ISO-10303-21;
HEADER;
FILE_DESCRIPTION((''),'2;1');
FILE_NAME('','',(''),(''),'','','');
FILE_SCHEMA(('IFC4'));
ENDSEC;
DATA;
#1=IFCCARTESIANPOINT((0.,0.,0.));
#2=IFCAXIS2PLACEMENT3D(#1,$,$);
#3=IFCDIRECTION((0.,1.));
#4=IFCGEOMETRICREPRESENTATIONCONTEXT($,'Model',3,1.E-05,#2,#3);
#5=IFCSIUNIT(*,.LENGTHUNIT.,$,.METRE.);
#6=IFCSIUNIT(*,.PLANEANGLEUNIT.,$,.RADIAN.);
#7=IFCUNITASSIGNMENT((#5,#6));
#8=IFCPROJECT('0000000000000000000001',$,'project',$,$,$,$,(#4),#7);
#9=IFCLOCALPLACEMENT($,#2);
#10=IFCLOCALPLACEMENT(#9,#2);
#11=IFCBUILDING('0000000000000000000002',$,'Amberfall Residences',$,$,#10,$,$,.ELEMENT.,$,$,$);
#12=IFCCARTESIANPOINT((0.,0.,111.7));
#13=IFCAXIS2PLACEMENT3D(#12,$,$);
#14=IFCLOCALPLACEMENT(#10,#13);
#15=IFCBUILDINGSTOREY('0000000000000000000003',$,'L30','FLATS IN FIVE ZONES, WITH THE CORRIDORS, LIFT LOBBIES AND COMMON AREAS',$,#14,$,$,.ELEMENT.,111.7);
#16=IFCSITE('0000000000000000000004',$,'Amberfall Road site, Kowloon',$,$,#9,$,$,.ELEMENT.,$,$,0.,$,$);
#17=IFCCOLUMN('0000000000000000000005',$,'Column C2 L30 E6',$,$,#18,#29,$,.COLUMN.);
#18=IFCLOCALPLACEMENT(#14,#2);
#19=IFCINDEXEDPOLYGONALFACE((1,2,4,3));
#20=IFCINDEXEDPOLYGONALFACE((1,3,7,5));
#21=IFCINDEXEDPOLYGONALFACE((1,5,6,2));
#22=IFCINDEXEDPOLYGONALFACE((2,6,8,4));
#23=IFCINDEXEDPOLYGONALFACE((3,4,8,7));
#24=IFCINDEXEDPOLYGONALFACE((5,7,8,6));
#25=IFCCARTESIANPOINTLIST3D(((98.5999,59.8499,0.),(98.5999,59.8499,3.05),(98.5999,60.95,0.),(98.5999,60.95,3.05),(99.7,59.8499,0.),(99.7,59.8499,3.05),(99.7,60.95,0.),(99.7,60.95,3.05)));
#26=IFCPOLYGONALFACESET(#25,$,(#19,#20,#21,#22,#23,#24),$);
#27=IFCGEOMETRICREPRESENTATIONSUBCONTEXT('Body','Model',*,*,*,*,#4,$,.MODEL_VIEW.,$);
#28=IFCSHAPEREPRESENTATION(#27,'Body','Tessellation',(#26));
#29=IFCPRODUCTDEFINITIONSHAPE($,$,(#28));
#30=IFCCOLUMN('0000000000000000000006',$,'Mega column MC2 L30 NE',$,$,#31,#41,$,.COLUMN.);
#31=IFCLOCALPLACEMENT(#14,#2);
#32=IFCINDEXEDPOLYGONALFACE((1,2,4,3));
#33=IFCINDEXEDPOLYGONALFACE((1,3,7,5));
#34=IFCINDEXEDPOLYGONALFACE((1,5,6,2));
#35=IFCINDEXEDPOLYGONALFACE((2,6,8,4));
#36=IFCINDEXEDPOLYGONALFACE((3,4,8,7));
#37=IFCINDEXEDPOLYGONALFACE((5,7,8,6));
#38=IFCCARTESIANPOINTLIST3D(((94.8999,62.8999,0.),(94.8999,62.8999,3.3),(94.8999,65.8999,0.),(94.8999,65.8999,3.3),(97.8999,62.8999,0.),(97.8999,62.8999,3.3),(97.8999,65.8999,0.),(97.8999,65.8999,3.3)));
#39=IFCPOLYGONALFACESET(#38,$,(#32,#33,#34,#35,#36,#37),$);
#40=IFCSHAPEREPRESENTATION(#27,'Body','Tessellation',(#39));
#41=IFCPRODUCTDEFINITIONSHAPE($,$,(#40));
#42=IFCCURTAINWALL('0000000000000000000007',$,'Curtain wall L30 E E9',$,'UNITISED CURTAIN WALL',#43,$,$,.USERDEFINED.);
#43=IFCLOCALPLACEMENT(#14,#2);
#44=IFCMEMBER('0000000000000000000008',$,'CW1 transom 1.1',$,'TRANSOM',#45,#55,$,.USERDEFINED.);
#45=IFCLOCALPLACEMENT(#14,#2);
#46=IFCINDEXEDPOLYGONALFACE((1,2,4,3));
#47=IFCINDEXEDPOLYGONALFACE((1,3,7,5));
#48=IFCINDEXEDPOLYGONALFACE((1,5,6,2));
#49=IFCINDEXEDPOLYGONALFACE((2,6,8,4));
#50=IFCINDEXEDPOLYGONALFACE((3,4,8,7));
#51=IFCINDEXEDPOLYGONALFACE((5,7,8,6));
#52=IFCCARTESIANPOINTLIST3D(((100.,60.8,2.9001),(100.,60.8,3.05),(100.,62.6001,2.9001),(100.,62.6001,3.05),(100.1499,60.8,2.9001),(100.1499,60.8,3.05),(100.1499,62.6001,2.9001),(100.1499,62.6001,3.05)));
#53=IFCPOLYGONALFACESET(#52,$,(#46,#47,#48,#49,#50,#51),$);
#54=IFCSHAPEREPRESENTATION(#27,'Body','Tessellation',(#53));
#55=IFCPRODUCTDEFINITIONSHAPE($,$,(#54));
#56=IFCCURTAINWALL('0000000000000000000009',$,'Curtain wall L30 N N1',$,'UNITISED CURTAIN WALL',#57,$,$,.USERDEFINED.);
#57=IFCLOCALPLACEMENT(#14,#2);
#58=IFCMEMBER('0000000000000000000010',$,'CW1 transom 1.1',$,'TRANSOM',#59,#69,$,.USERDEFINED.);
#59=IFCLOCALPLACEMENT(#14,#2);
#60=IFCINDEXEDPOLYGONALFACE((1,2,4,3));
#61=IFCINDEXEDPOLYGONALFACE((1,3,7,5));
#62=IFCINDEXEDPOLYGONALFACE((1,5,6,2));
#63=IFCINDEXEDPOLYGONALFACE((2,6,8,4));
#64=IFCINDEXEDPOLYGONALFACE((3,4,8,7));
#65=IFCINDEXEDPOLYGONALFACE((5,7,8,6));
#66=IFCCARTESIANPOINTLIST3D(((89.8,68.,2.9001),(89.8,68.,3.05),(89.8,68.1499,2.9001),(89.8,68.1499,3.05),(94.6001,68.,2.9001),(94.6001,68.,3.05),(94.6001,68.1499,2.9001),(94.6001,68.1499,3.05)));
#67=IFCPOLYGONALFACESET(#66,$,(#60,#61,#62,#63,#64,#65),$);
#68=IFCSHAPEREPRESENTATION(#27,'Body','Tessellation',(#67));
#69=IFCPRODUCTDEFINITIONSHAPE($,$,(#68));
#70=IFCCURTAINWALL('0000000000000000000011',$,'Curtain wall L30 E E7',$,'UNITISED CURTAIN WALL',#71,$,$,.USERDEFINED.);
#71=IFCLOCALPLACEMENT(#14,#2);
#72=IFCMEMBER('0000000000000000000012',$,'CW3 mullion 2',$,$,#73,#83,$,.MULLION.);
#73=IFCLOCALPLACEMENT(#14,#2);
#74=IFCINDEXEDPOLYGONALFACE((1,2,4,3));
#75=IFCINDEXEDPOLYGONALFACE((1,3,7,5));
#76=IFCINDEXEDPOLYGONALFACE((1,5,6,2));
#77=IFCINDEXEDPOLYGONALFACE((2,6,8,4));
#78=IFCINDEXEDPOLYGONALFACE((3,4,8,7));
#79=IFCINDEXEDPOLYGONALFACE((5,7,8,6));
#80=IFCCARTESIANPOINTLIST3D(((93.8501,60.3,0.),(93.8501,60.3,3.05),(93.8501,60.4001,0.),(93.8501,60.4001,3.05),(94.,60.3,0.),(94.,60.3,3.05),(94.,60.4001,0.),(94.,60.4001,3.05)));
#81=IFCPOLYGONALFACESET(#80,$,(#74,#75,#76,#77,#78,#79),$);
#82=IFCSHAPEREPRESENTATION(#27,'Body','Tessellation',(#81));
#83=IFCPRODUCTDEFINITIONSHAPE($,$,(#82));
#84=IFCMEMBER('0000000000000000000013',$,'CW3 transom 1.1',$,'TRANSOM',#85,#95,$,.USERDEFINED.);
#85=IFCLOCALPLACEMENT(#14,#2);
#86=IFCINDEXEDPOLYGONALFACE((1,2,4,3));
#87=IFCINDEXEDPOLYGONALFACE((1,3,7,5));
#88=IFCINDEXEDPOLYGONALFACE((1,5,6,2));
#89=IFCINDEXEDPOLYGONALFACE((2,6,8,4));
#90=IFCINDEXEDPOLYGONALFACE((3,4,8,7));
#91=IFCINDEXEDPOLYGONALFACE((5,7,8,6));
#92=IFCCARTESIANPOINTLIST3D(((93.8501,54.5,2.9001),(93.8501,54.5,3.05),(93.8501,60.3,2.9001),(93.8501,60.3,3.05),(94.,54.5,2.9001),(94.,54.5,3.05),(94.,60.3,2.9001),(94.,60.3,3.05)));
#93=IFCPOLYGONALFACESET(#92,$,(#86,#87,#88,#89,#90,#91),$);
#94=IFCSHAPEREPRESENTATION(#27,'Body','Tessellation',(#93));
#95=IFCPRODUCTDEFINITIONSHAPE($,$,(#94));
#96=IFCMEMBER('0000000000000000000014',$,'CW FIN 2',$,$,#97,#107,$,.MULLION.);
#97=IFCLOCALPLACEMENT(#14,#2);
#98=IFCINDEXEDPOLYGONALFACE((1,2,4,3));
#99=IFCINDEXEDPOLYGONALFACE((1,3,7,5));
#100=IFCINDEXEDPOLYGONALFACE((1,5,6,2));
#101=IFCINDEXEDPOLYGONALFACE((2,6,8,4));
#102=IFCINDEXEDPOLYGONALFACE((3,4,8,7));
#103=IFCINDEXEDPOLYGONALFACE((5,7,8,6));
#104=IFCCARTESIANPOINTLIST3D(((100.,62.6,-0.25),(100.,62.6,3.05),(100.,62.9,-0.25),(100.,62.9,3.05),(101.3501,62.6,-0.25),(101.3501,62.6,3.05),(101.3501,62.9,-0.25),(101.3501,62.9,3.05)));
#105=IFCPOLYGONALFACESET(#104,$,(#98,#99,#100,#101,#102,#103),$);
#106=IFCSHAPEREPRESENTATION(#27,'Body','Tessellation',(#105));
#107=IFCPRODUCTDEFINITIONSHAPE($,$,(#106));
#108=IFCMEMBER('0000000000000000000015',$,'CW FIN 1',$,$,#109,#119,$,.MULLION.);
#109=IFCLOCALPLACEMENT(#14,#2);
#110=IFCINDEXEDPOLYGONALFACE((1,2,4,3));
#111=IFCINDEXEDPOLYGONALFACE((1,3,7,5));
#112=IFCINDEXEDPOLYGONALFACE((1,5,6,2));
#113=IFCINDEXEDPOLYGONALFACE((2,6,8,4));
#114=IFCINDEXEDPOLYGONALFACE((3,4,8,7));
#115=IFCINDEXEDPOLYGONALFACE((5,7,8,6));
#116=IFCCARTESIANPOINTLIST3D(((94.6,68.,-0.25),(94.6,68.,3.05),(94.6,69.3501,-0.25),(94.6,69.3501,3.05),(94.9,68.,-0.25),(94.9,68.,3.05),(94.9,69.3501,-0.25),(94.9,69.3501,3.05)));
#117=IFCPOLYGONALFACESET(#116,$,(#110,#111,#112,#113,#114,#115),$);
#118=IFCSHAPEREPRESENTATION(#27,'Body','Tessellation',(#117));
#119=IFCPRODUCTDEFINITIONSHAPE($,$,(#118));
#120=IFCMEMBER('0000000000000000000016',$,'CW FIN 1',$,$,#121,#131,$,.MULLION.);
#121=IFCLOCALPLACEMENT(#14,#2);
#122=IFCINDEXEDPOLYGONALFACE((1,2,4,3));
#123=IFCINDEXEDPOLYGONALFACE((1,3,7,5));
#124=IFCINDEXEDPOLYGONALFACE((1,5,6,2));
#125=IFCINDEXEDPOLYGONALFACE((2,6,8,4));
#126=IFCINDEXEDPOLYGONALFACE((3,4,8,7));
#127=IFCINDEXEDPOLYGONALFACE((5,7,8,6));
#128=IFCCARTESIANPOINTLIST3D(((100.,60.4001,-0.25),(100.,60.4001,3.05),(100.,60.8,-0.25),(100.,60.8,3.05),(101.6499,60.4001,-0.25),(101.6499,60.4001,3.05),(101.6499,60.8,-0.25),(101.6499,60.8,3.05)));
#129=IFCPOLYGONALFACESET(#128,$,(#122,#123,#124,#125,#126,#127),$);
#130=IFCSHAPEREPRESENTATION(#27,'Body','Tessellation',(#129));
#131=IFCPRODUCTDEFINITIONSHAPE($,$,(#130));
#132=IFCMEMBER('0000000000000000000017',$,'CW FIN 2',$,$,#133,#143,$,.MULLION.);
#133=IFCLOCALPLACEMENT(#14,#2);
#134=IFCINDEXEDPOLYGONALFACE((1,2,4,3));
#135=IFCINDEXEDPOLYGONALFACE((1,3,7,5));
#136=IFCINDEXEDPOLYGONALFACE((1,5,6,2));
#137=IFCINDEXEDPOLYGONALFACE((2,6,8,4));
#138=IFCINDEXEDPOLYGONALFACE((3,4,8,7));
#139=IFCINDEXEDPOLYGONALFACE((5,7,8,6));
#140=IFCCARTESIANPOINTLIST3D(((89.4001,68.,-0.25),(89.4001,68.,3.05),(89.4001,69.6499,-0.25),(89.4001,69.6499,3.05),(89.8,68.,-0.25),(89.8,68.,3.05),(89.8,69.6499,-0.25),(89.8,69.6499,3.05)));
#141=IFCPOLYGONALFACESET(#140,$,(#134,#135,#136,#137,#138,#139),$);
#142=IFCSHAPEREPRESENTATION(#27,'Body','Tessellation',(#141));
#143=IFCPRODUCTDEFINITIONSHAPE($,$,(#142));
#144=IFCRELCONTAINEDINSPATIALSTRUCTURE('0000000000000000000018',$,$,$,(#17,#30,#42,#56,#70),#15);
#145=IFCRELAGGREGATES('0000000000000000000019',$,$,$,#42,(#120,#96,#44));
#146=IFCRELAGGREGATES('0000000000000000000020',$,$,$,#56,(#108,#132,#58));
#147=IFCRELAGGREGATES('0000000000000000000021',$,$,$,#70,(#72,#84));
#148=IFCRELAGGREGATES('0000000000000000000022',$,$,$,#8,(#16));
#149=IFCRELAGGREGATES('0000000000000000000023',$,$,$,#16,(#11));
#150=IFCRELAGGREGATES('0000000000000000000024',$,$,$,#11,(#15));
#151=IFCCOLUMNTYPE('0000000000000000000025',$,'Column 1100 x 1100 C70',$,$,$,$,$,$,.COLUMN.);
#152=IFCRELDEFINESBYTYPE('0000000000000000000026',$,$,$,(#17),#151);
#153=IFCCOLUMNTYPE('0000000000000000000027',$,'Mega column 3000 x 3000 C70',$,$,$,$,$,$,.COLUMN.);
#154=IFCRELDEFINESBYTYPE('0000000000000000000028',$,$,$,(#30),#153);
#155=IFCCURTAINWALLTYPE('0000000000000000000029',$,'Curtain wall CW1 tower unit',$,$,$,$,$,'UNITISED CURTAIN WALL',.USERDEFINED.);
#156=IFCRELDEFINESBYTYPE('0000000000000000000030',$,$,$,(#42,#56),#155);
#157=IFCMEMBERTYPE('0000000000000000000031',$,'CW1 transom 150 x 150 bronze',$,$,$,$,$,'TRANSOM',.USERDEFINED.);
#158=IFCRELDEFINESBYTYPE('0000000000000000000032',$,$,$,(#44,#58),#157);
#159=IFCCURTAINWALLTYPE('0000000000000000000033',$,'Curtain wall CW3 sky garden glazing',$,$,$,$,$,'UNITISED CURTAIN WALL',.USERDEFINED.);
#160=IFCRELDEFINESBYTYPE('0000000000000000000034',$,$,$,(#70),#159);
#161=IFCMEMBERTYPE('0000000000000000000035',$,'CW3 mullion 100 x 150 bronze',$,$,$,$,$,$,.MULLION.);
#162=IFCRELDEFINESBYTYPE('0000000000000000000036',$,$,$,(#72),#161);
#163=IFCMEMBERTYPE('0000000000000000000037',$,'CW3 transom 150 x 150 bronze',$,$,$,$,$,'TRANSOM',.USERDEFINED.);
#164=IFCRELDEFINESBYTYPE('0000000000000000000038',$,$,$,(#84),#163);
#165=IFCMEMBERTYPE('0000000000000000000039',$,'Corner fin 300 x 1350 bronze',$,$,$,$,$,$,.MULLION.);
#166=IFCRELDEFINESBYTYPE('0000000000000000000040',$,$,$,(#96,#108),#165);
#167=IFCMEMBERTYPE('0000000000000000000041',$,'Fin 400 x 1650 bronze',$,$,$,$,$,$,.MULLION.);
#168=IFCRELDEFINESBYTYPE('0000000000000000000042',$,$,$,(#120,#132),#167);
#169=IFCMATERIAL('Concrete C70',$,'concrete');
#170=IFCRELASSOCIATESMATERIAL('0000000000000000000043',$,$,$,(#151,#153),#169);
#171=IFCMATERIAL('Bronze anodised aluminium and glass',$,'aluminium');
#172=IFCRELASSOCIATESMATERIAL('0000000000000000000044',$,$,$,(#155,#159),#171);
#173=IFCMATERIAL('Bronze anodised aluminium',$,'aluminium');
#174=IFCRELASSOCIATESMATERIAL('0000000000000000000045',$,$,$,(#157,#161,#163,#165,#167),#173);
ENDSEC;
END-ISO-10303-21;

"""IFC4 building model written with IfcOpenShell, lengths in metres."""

from ifc_helpers import new_model, si_unit, direction, frame, origin, origin_2d, place, context, subcontext, project, spatial, rectangle, extrude, material, material_profile, profile_set, type_object, element, aggregate, save


model = new_model("IFC4")

# Units and contexts
model_context = context("Model", 3, precision=1e-05, world=origin(), true_north=direction((0.0, 1.0)))
body_context = subcontext(model_context, "Body", "Model", "MODEL_VIEW")
ifc_project = project(units=[si_unit("LENGTHUNIT", "METRE"), si_unit("PLANEANGLEUNIT", "RADIAN")], contexts=[model_context])

# Site, building, storey
site_placement = place(None, origin())
site = spatial("IfcSite", under=ifc_project, at=site_placement, Name="Amberfall Road site, Kowloon", CompositionType="ELEMENT", RefElevation=0.0)
building_placement = place(site_placement, origin())
building = spatial("IfcBuilding", under=site, at=building_placement, Name="Amberfall Residences", CompositionType="ELEMENT")
storey_placement = place(building_placement, frame((0.0, 0.0, 111.7)))
storey = spatial("IfcBuildingStorey", under=building, at=storey_placement, Name="L30", Description="FLATS IN FIVE ZONES, WITH THE CORRIDORS, LIFT LOBBIES AND COMMON AREAS", CompositionType="ELEMENT", Elevation=111.7)

# Columns
ifc_material_1 = material(Name="Concrete C70", Category="concrete")
ifc_material_profile_1 = material_profile(ifc_material_1, rectangle(XDim=1.1001, YDim=1.1001, at=origin_2d()), Name="Column 1100 x 1100 C70")
ifc_profile_set_1 = profile_set([ifc_material_profile_1], Name="Concrete C70")
column_type_1 = type_object("IfcColumnType", Name="Column 1100 x 1100 C70", PredefinedType="COLUMN", material=ifc_profile_set_1)
column_1_placement = place(storey_placement, frame((99.1499, 60.3999, 0.0), z_axis=(0.0, 0.0, 1.0), x_axis=(1.0, 0.0, 0.0)))
element("IfcColumn", 1, at=column_1_placement, inside=storey, type_object=column_type_1, Name="Column C2 L30 E6", PredefinedType="COLUMN", context=body_context, shape_type="SweptSolid", body=[
    extrude(rectangle(XDim=1.1001, YDim=1.1001, at=origin_2d()), origin(), (0.0, 0.0, 1.0), 3.05),
])
ifc_material_profile_2 = material_profile(ifc_material_1, rectangle(XDim=3.0, YDim=3.0, at=origin_2d()), Name="Mega column 3000 x 3000 C70")
ifc_profile_set_2 = profile_set([ifc_material_profile_2], Name="Concrete C70")
column_type_2 = type_object("IfcColumnType", Name="Mega column 3000 x 3000 C70", PredefinedType="COLUMN", material=ifc_profile_set_2)
column_2_placement = place(storey_placement, frame((96.3999, 64.3999, 0.0), z_axis=(0.0, 0.0, 1.0), x_axis=(1.0, 0.0, 0.0)))
element("IfcColumn", 2, at=column_2_placement, inside=storey, type_object=column_type_2, Name="Mega column MC2 L30 NE", PredefinedType="COLUMN", context=body_context, shape_type="SweptSolid", body=[
    extrude(rectangle(XDim=3.0, YDim=3.0, at=origin_2d()), origin(), (0.0, 0.0, 1.0), 3.3),
])

# Curtain walls, members
ifc_material_2 = material(Name="Bronze anodised aluminium and glass", Category="aluminium")
curtain_wall_type_1 = type_object("IfcCurtainWallType", Name="Curtain wall CW1 tower unit", ElementType="UNITISED CURTAIN WALL", PredefinedType="USERDEFINED", material=ifc_material_2)
curtain_wall_1_placement = place(storey_placement, origin())
curtain_wall_1 = element("IfcCurtainWall", 3, at=curtain_wall_1_placement, inside=storey, type_object=curtain_wall_type_1, Name="Curtain wall L30 E E9", ObjectType="UNITISED CURTAIN WALL", PredefinedType="USERDEFINED")
ifc_material_3 = material(Name="Bronze anodised aluminium", Category="aluminium")
ifc_material_profile_3 = material_profile(ifc_material_3, rectangle(XDim=0.1499, YDim=0.1499, at=origin_2d()), Name="CW1 transom 150 x 150 bronze")
ifc_profile_set_3 = profile_set([ifc_material_profile_3], Name="Bronze anodised aluminium")
member_type_1 = type_object("IfcMemberType", Name="CW1 transom 150 x 150 bronze", ElementType="TRANSOM", PredefinedType="USERDEFINED", material=ifc_profile_set_3)
member_1_placement = place(storey_placement, frame((100.075, 60.8, 2.9751), z_axis=(0.0, 1.0, 0.0), x_axis=(-1.0, 0.0, 0.0)))
member_1 = element("IfcMember", 4, at=member_1_placement, type_object=member_type_1, Name="CW1 transom 1.1", ObjectType="TRANSOM", PredefinedType="USERDEFINED", context=body_context, shape_type="SweptSolid", body=[
    extrude(rectangle(XDim=0.1499, YDim=0.1499, at=origin_2d()), origin(), (0.0, 0.0, 1.0), 1.8),
])
curtain_wall_2_placement = place(storey_placement, origin())
curtain_wall_2 = element("IfcCurtainWall", 5, at=curtain_wall_2_placement, inside=storey, type_object=curtain_wall_type_1, Name="Curtain wall L30 N N1", ObjectType="UNITISED CURTAIN WALL", PredefinedType="USERDEFINED")
member_2_placement = place(storey_placement, frame((94.6001, 68.075, 2.9751), z_axis=(-1.0, 0.0, 0.0), x_axis=(0.0, -1.0, 0.0)))
member_2 = element("IfcMember", 6, at=member_2_placement, type_object=member_type_1, Name="CW1 transom 1.1", ObjectType="TRANSOM", PredefinedType="USERDEFINED", context=body_context, shape_type="SweptSolid", body=[
    extrude(rectangle(XDim=0.1499, YDim=0.1499, at=origin_2d()), origin(), (0.0, 0.0, 1.0), 4.8),
])

# Curtain wall, members
curtain_wall_type_2 = type_object("IfcCurtainWallType", Name="Curtain wall CW3 sky garden glazing", ElementType="UNITISED CURTAIN WALL", PredefinedType="USERDEFINED", material=ifc_material_2)
curtain_wall_3_placement = place(storey_placement, origin())
curtain_wall_3 = element("IfcCurtainWall", 7, at=curtain_wall_3_placement, inside=storey, type_object=curtain_wall_type_2, Name="Curtain wall L30 E E7", ObjectType="UNITISED CURTAIN WALL", PredefinedType="USERDEFINED")
ifc_material_profile_4 = material_profile(ifc_material_3, rectangle(XDim=0.1499, YDim=0.1001, at=origin_2d()), Name="CW3 mullion 100 x 150 bronze")
ifc_profile_set_4 = profile_set([ifc_material_profile_4], Name="Bronze anodised aluminium")
member_type_2 = type_object("IfcMemberType", Name="CW3 mullion 100 x 150 bronze", PredefinedType="MULLION", material=ifc_profile_set_4)
member_3_placement = place(storey_placement, frame((93.925, 60.3501, 0.0), z_axis=(0.0, 0.0, 1.0), x_axis=(-1.0, 0.0, 0.0)))
member_3 = element("IfcMember", 8, at=member_3_placement, type_object=member_type_2, Name="CW3 mullion 2", PredefinedType="MULLION", context=body_context, shape_type="SweptSolid", body=[
    extrude(rectangle(XDim=0.1499, YDim=0.1001, at=origin_2d()), origin(), (0.0, 0.0, 1.0), 3.05),
])
ifc_material_profile_5 = material_profile(ifc_material_3, rectangle(XDim=0.1499, YDim=0.1499, at=origin_2d()), Name="CW3 transom 150 x 150 bronze")
ifc_profile_set_5 = profile_set([ifc_material_profile_5], Name="Bronze anodised aluminium")
member_type_3 = type_object("IfcMemberType", Name="CW3 transom 150 x 150 bronze", ElementType="TRANSOM", PredefinedType="USERDEFINED", material=ifc_profile_set_5)
member_4_placement = place(storey_placement, frame((93.925, 54.5, 2.9751), z_axis=(0.0, 1.0, 0.0), x_axis=(-1.0, 0.0, 0.0)))
member_4 = element("IfcMember", 9, at=member_4_placement, type_object=member_type_3, Name="CW3 transom 1.1", ObjectType="TRANSOM", PredefinedType="USERDEFINED", context=body_context, shape_type="SweptSolid", body=[
    extrude(rectangle(XDim=0.1499, YDim=0.1499, at=origin_2d()), origin(), (0.0, 0.0, 1.0), 5.8),
])

# Members
ifc_material_profile_6 = material_profile(ifc_material_3, rectangle(XDim=1.3501, YDim=0.3, at=origin_2d()), Name="Corner fin 300 x 1350 bronze")
ifc_profile_set_6 = profile_set([ifc_material_profile_6], Name="Bronze anodised aluminium")
member_type_4 = type_object("IfcMemberType", Name="Corner fin 300 x 1350 bronze", PredefinedType="MULLION", material=ifc_profile_set_6)
member_5_placement = place(storey_placement, frame((100.675, 62.75, -0.25), z_axis=(0.0, 0.0, 1.0), x_axis=(-1.0, 0.0, 0.0)))
member_5 = element("IfcMember", 10, at=member_5_placement, type_object=member_type_4, Name="CW FIN 2", PredefinedType="MULLION", context=body_context, shape_type="SweptSolid", body=[
    extrude(rectangle(XDim=1.3501, YDim=0.3, at=origin_2d()), origin(), (0.0, 0.0, 1.0), 3.3),
])
member_6_placement = place(storey_placement, frame((94.75, 68.675, -0.25), z_axis=(0.0, 0.0, 1.0), x_axis=(0.0, -1.0, 0.0)))
member_6 = element("IfcMember", 11, at=member_6_placement, type_object=member_type_4, Name="CW FIN 1", PredefinedType="MULLION", context=body_context, shape_type="SweptSolid", body=[
    extrude(rectangle(XDim=1.3501, YDim=0.3, at=origin_2d()), origin(), (0.0, 0.0, 1.0), 3.3),
])
ifc_material_profile_7 = material_profile(ifc_material_3, rectangle(XDim=1.6499, YDim=0.3999, at=origin_2d()), Name="Fin 400 x 1650 bronze")
ifc_profile_set_7 = profile_set([ifc_material_profile_7], Name="Bronze anodised aluminium")
member_type_5 = type_object("IfcMemberType", Name="Fin 400 x 1650 bronze", PredefinedType="MULLION", material=ifc_profile_set_7)
member_7_placement = place(storey_placement, frame((100.825, 60.6001, -0.25), z_axis=(0.0, 0.0, 1.0), x_axis=(-1.0, 0.0, 0.0)))
member_7 = element("IfcMember", 12, at=member_7_placement, type_object=member_type_5, Name="CW FIN 1", PredefinedType="MULLION", context=body_context, shape_type="SweptSolid", body=[
    extrude(rectangle(XDim=1.6499, YDim=0.3999, at=origin_2d()), origin(), (0.0, 0.0, 1.0), 3.3),
])
member_8_placement = place(storey_placement, frame((89.6001, 68.825, -0.25), z_axis=(0.0, 0.0, 1.0), x_axis=(0.0, -1.0, 0.0)))
member_8 = element("IfcMember", 13, at=member_8_placement, type_object=member_type_5, Name="CW FIN 2", PredefinedType="MULLION", context=body_context, shape_type="SweptSolid", body=[
    extrude(rectangle(XDim=1.6499, YDim=0.3999, at=origin_2d()), origin(), (0.0, 0.0, 1.0), 3.3),
])

aggregate(curtain_wall_1, [member_7, member_5, member_1])
aggregate(curtain_wall_2, [member_6, member_8, member_2])
aggregate(curtain_wall_3, [member_3, member_4])

save(model, "model.ifc")
